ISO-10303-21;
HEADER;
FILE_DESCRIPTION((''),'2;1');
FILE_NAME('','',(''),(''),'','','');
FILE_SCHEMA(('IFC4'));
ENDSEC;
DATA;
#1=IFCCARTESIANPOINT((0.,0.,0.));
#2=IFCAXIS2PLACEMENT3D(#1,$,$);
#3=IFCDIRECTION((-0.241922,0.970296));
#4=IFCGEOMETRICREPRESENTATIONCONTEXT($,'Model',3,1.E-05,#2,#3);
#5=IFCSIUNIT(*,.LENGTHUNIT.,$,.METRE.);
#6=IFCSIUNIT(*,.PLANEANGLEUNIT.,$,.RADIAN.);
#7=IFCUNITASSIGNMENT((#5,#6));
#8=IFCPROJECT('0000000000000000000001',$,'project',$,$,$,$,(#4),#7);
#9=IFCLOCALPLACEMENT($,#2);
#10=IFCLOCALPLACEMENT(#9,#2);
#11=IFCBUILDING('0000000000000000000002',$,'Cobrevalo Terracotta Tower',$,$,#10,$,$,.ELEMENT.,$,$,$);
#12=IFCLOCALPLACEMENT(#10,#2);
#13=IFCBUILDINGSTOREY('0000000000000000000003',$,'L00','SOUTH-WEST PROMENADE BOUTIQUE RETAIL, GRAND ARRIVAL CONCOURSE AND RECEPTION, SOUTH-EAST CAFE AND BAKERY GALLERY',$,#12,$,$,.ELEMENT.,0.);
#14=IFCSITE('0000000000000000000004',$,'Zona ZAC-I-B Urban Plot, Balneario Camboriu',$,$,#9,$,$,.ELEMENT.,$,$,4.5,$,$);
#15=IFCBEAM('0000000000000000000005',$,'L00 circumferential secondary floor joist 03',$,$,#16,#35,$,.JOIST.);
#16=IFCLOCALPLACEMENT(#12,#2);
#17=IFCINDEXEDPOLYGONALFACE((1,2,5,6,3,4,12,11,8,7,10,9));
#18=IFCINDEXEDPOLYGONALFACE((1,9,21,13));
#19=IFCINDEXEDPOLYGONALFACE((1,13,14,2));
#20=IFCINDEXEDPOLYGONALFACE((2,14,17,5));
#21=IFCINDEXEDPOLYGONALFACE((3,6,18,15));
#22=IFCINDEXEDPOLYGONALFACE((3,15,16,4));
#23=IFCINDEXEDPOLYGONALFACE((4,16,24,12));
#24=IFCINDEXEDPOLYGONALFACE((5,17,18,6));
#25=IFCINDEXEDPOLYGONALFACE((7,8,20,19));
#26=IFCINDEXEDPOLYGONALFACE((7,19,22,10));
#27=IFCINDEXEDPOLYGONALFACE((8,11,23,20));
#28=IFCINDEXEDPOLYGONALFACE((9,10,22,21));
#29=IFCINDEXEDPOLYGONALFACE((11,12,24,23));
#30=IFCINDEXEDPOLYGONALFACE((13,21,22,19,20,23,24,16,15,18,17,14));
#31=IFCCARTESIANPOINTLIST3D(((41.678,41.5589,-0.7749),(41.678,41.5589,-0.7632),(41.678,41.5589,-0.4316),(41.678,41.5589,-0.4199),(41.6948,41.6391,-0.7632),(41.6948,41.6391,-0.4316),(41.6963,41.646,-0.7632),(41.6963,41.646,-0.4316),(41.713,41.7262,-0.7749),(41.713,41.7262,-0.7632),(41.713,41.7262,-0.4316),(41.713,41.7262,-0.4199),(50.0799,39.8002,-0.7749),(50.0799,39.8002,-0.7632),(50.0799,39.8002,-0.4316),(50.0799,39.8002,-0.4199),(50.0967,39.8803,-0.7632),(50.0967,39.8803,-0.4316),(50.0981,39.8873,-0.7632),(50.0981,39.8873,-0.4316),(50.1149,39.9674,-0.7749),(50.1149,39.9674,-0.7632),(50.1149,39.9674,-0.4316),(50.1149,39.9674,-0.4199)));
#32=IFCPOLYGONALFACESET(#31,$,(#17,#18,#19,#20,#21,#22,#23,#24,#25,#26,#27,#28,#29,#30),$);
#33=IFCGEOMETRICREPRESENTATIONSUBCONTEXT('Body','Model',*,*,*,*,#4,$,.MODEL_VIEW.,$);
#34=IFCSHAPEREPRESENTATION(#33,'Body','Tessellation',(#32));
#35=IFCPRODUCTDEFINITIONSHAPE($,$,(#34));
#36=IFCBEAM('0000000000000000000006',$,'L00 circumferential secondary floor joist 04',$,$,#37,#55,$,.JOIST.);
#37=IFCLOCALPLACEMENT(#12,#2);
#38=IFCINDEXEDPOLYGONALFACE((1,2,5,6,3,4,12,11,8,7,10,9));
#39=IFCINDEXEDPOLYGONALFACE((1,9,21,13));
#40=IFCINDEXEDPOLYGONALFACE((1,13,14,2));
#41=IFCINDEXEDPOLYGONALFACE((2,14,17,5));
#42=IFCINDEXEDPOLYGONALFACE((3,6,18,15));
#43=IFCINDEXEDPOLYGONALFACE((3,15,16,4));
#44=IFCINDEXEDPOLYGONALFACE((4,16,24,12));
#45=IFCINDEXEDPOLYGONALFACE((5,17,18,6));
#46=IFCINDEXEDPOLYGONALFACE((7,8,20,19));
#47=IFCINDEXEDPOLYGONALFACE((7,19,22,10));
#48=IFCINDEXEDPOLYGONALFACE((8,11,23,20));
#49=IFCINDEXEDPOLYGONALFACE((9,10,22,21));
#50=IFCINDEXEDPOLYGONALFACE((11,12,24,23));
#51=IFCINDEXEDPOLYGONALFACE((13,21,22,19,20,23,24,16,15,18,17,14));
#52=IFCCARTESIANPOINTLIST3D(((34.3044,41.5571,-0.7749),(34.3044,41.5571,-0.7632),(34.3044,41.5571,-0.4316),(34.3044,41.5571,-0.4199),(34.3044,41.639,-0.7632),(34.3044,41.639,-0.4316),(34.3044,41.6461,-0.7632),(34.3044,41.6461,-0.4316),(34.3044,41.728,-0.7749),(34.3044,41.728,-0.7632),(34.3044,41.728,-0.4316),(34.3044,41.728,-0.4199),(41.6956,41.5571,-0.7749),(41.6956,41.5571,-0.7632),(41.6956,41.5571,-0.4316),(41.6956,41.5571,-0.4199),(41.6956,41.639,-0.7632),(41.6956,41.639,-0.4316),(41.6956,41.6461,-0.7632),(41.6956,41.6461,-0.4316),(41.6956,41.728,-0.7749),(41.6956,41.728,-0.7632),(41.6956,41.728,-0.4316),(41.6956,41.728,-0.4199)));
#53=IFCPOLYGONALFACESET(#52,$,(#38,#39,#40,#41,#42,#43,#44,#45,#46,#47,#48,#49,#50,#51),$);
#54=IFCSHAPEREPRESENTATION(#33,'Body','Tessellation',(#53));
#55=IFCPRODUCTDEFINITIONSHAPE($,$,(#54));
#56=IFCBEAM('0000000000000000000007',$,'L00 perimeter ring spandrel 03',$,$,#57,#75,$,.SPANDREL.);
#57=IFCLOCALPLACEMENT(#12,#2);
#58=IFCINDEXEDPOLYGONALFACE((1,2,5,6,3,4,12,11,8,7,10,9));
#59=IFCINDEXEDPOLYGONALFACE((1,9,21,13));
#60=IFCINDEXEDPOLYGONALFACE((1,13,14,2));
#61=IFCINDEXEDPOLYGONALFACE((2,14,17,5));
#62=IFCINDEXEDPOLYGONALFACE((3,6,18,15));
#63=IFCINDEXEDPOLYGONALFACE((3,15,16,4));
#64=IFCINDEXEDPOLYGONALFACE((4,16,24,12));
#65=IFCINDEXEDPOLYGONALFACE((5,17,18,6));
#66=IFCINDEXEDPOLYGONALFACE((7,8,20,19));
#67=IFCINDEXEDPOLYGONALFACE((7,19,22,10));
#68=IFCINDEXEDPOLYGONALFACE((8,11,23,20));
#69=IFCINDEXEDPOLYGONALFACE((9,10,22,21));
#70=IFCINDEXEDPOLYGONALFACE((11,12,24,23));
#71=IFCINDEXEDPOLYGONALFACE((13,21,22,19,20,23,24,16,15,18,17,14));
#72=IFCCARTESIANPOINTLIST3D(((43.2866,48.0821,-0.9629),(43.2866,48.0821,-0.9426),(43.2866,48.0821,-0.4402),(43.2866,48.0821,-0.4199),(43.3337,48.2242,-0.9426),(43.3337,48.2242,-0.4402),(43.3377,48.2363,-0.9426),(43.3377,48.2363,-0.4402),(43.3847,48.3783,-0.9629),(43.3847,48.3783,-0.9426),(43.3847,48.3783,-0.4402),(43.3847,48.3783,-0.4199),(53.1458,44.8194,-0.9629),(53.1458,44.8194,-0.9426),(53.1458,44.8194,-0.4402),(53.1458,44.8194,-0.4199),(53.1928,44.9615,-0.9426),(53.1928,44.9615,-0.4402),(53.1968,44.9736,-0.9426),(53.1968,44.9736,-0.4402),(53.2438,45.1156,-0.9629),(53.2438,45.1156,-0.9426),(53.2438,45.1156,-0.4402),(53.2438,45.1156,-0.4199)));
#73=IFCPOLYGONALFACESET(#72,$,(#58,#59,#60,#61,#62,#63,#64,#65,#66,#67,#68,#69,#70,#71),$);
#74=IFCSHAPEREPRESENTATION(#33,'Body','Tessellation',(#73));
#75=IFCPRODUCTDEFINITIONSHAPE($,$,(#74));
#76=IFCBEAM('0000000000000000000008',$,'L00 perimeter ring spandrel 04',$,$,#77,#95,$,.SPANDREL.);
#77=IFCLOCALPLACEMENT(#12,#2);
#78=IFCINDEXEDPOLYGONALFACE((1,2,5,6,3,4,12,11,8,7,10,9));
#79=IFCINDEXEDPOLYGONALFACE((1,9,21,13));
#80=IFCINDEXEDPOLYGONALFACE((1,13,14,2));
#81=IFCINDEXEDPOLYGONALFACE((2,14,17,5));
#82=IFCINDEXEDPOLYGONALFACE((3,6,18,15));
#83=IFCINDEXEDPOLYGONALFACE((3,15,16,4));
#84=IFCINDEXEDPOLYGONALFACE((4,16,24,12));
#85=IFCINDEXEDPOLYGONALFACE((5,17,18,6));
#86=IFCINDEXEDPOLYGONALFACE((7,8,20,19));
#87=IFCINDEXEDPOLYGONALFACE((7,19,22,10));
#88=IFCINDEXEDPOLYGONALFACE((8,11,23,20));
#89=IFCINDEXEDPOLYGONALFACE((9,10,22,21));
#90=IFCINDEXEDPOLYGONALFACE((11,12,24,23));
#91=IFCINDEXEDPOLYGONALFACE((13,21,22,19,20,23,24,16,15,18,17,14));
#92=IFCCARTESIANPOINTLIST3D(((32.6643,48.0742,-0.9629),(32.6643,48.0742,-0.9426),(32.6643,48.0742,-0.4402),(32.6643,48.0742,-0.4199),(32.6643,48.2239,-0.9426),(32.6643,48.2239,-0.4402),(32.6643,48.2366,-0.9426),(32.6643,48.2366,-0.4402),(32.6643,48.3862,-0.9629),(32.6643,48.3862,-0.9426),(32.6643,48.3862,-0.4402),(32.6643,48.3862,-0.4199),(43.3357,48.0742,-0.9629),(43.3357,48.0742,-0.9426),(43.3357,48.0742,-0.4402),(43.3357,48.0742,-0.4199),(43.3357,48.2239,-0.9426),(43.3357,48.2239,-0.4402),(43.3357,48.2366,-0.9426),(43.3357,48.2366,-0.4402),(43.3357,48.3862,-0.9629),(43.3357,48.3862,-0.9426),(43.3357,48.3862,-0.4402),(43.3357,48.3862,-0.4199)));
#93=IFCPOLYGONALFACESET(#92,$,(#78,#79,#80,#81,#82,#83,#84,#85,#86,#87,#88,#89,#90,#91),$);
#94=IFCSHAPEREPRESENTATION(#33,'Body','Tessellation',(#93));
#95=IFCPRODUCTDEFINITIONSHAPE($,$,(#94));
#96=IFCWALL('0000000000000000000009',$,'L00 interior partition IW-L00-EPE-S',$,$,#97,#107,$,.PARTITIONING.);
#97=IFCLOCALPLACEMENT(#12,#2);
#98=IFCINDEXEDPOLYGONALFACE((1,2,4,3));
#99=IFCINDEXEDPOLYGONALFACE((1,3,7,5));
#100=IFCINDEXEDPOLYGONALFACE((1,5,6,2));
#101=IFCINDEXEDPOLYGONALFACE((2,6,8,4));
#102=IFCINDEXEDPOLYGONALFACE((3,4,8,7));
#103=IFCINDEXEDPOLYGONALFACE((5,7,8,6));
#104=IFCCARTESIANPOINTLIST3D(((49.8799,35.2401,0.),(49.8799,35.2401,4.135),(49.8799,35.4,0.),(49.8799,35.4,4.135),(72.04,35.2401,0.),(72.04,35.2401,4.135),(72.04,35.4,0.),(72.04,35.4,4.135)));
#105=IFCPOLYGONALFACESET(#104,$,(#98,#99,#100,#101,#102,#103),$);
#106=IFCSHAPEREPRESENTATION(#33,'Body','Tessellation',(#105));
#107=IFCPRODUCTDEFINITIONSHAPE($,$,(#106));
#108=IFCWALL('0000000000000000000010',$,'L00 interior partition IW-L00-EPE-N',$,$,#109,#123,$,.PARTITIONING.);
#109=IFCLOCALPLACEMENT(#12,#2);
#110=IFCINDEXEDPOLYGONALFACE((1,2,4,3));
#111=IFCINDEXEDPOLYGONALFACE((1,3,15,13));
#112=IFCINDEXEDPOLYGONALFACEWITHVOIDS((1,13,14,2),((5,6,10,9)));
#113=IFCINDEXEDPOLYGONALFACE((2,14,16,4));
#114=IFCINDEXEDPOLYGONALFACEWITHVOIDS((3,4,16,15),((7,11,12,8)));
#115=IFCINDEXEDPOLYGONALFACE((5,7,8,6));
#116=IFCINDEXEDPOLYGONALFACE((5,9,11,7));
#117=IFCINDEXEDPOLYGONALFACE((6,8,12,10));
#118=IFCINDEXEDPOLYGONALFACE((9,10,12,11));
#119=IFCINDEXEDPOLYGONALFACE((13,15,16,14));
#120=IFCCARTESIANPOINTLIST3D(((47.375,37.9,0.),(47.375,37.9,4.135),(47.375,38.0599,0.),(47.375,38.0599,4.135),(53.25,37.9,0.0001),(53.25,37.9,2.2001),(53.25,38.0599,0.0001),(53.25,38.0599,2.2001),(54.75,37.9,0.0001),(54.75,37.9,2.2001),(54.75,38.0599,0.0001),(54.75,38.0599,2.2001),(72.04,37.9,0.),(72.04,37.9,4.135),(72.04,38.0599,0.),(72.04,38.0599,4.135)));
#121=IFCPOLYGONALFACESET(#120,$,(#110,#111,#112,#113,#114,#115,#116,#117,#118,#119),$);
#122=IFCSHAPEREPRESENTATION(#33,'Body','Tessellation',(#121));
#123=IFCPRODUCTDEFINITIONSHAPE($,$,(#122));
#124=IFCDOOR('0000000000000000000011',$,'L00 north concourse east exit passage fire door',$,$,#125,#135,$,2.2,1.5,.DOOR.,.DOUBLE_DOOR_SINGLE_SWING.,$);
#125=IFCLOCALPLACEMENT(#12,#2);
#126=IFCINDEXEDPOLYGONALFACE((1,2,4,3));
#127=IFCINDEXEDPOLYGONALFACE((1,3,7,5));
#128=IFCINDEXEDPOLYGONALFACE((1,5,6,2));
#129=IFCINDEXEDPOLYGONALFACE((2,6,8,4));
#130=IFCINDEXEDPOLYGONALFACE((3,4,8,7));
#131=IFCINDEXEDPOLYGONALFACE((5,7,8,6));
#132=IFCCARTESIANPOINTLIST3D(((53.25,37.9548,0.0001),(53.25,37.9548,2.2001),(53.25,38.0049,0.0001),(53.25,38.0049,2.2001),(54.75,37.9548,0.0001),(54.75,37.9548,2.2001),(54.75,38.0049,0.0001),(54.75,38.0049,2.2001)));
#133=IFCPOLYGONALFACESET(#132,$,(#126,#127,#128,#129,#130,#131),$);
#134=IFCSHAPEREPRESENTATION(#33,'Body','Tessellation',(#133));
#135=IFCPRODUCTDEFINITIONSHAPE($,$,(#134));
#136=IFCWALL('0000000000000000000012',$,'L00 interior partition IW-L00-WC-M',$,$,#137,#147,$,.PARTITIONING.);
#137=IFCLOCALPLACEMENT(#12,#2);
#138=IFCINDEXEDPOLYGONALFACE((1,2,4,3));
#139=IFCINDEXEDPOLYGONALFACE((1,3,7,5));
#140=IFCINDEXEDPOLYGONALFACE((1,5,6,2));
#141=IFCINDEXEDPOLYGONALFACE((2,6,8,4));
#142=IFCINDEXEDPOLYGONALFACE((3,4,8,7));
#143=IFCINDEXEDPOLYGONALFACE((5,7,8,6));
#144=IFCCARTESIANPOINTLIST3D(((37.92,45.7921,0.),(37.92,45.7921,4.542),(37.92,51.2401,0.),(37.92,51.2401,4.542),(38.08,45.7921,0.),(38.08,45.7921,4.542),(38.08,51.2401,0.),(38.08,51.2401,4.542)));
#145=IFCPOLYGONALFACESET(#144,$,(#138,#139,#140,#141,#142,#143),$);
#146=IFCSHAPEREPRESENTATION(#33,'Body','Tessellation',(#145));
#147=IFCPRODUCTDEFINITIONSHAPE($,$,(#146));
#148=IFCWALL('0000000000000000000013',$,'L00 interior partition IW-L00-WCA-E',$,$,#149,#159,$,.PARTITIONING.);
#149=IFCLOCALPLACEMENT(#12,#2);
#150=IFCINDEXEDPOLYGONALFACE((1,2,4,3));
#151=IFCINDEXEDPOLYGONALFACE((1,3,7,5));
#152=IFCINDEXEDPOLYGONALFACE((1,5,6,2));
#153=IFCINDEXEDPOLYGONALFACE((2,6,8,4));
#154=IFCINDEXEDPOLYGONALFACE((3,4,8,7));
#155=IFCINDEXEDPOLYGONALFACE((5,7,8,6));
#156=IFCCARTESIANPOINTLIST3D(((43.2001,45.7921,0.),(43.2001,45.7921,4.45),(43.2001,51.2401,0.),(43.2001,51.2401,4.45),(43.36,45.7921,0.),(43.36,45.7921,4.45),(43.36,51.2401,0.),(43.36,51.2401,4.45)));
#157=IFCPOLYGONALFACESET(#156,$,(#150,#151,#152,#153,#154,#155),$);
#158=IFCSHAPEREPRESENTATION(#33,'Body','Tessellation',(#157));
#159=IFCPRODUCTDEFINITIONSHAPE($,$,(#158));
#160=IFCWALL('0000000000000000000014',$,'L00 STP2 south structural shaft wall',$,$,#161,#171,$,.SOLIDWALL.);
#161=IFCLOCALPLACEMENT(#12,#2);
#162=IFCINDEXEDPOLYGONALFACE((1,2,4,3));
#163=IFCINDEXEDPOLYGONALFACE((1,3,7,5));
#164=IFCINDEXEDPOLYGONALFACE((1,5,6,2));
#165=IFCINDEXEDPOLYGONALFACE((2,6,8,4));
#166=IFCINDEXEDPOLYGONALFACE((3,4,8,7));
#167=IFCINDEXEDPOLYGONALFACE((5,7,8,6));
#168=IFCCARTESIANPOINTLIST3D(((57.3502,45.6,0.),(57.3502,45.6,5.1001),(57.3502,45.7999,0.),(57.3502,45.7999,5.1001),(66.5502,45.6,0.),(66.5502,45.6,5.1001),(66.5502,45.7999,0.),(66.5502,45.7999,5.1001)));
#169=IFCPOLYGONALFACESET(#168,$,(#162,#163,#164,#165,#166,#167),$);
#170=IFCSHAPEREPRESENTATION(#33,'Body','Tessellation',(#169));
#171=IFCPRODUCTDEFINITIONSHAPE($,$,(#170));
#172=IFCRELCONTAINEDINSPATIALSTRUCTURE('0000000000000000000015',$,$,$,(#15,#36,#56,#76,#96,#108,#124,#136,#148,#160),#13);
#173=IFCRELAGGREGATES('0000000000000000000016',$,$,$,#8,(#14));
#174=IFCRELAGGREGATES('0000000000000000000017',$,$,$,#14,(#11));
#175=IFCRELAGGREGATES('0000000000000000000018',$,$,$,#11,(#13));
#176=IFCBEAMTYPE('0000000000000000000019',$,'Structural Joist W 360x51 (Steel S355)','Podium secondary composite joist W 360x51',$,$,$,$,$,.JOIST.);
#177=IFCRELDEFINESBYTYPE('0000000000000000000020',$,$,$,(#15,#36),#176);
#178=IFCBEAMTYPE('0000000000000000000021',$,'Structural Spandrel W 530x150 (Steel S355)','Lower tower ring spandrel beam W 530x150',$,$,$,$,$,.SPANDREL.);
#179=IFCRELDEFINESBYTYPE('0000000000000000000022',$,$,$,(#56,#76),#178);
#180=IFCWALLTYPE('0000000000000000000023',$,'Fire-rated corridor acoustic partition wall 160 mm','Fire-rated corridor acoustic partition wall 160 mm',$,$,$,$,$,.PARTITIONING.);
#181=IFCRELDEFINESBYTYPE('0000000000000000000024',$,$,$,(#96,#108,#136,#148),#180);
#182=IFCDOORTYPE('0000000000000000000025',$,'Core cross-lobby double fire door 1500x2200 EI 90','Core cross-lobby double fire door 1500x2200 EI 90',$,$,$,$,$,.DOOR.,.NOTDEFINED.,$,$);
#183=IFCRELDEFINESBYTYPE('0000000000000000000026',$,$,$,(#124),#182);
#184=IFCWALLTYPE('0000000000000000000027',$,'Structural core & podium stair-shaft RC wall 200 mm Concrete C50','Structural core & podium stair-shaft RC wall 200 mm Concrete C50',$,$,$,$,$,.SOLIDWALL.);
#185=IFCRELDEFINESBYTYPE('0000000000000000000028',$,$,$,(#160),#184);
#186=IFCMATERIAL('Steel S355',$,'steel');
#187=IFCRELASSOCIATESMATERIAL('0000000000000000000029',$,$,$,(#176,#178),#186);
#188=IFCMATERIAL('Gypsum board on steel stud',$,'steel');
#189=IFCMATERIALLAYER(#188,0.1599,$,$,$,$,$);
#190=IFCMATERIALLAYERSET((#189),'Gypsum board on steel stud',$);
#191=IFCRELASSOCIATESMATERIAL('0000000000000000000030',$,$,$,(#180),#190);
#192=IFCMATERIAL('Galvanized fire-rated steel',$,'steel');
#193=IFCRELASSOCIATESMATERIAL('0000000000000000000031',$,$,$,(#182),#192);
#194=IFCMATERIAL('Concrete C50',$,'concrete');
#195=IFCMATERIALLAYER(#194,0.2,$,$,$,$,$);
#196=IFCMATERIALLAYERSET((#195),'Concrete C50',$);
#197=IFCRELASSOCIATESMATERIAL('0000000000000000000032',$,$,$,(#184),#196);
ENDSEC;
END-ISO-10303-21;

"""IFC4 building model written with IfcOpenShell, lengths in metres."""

from ifc_helpers import new_model, si_unit, direction, frame, frame_2d, origin, origin_2d, place, context, subcontext, project, spatial, rectangle, i_section, extrude, source, transform, mapped, material, layer, layer_set, material_profile, profile_set, type_object, element, fill, save


model = new_model("IFC4")

# Units and contexts
model_context = context("Model", 3, precision=1e-05, world=origin(), true_north=direction((-0.241922, 0.970296)))
body_context = subcontext(model_context, "Body", "Model", "MODEL_VIEW")
ifc_project = project(units=[si_unit("LENGTHUNIT", "METRE"), si_unit("PLANEANGLEUNIT", "RADIAN")], contexts=[model_context])

# Site, building, storey
site_placement = place(None, origin())
site = spatial("IfcSite", under=ifc_project, at=site_placement, Name="Zona ZAC-I-B Urban Plot, Balneario Camboriu", CompositionType="ELEMENT", RefElevation=4.5)
building_placement = place(site_placement, origin())
building = spatial("IfcBuilding", under=site, at=building_placement, Name="Cobrevalo Terracotta Tower", CompositionType="ELEMENT")
storey_placement = place(building_placement, origin())
storey = spatial("IfcBuildingStorey", under=building, at=storey_placement, Name="L00", Description="SOUTH-WEST PROMENADE BOUTIQUE RETAIL, GRAND ARRIVAL CONCOURSE AND RECEPTION, SOUTH-EAST CAFE AND BAKERY GALLERY", CompositionType="ELEMENT", Elevation=0.0)

# Shared definitions
ifc_material_1 = material(Name="Steel S355", Category="steel")
ifc_material_2 = material(Name="Concrete C50", Category="concrete")

# Beams
ifc_material_profile_1 = material_profile(ifc_material_1, i_section(OverallWidth=0.1709, OverallDepth=0.355, WebThickness=0.0071, FlangeThickness=0.0117, at=origin_2d()), Name="W 360x51")
ifc_profile_set_1 = profile_set([ifc_material_profile_1], Name="Steel S355")
beam_type_1 = type_object("IfcBeamType", Name="Structural Joist W 360x51 (Steel S355)", Description="Podium secondary composite joist W 360x51", PredefinedType="JOIST", material=ifc_profile_set_1)
beam_1_placement = place(storey_placement, frame((50.0974, 39.8838, -0.5974), z_axis=(-0.978785, 0.204892, 0.0), x_axis=(-0.204892, -0.978785, 0.0)))
element("IfcBeam", 1, at=beam_1_placement, inside=storey, type_object=beam_type_1, Name="L00 circumferential secondary floor joist 03", PredefinedType="JOIST", context=body_context, shape_type="SweptSolid", body=[
    extrude(i_section(OverallWidth=0.1709, OverallDepth=0.355, WebThickness=0.0071, FlangeThickness=0.0117, at=origin_2d()), origin(), (0.0, 0.0, 1.0), 8.584),
])
beam_2_placement = place(storey_placement, frame((41.6956, 41.6426, -0.5974), z_axis=(-1.0, 0.0, 0.0), x_axis=(0.0, -1.0, 0.0)))
element("IfcBeam", 2, at=beam_2_placement, inside=storey, type_object=beam_type_1, Name="L00 circumferential secondary floor joist 04", PredefinedType="JOIST", context=body_context, shape_type="SweptSolid", body=[
    extrude(i_section(OverallWidth=0.1709, OverallDepth=0.355, WebThickness=0.0071, FlangeThickness=0.0117, at=origin_2d()), origin(), (0.0, 0.0, 1.0), 7.3911),
])
ifc_material_profile_2 = material_profile(ifc_material_1, i_section(OverallWidth=0.312, OverallDepth=0.543, WebThickness=0.0127, FlangeThickness=0.0203, at=origin_2d()), Name="W 530x150")
ifc_profile_set_2 = profile_set([ifc_material_profile_2], Name="Steel S355")
beam_type_2 = type_object("IfcBeamType", Name="Structural Spandrel W 530x150 (Steel S355)", Description="Lower tower ring spandrel beam W 530x150", PredefinedType="SPANDREL", material=ifc_profile_set_2)
beam_3_placement = place(storey_placement, frame((53.1948, 44.9675, -0.6914), z_axis=(-0.949365, 0.314175, 0.0), x_axis=(-0.314175, -0.949365, 0.0)))
element("IfcBeam", 3, at=beam_3_placement, inside=storey, type_object=beam_type_2, Name="L00 perimeter ring spandrel 03", PredefinedType="SPANDREL", context=body_context, shape_type="SweptSolid", body=[
    extrude(i_section(OverallWidth=0.312, OverallDepth=0.543, WebThickness=0.0127, FlangeThickness=0.0203, at=origin_2d()), origin(), (0.0, 0.0, 1.0), 10.385),
])
beam_4_placement = place(storey_placement, frame((43.3357, 48.2302, -0.6914), z_axis=(-1.0, 0.0, 0.0), x_axis=(0.0, -1.0, 0.0)))
element("IfcBeam", 4, at=beam_4_placement, inside=storey, type_object=beam_type_2, Name="L00 perimeter ring spandrel 04", PredefinedType="SPANDREL", context=body_context, shape_type="SweptSolid", body=[
    extrude(i_section(OverallWidth=0.312, OverallDepth=0.543, WebThickness=0.0127, FlangeThickness=0.0203, at=origin_2d()), origin(), (0.0, 0.0, 1.0), 10.6714),
])

# Wall
ifc_material_3 = material(Name="Gypsum board on steel stud", Category="steel")
ifc_layer_1 = layer(ifc_material_3, 0.1599)
ifc_layer_set_1 = layer_set([ifc_layer_1], Name="Gypsum board on steel stud")
wall_type_1 = type_object("IfcWallType", Name="Fire-rated corridor acoustic partition wall 160 mm", Description="Fire-rated corridor acoustic partition wall 160 mm", PredefinedType="PARTITIONING", material=ifc_layer_set_1)
wall_1_placement = place(storey_placement, frame((49.8799, 35.3201, 0.0), z_axis=(0.0, 0.0, 1.0), x_axis=(1.0, 0.0, 0.0)))
element("IfcWall", 5, at=wall_1_placement, inside=storey, type_object=wall_type_1, Name="L00 interior partition IW-L00-EPE-S", PredefinedType="PARTITIONING", context=body_context, shape_type="SweptSolid", body=[
    extrude(rectangle(XDim=22.1602, YDim=0.1599, at=frame_2d((11.0801, 0.0))), origin(), (0.0, 0.0, 1.0), 4.135),
])

# Wall, opening, door
wall_2_placement = place(storey_placement, frame((47.375, 37.98, 0.0), z_axis=(0.0, 0.0, 1.0), x_axis=(1.0, 0.0, 0.0)))
wall_2 = element("IfcWall", 6, at=wall_2_placement, inside=storey, type_object=wall_type_1, Name="L00 interior partition IW-L00-EPE-N", PredefinedType="PARTITIONING", context=body_context, shape_type="SweptSolid", body=[
    extrude(rectangle(XDim=24.665, YDim=0.1599, at=frame_2d((12.3325, 0.0))), origin(), (0.0, 0.0, 1.0), 4.135),
])
opening_placement = place(wall_2_placement, frame((5.875, 0.0, 0.0)))
opening = element("IfcOpeningElement", 7, at=opening_placement, cuts=wall_2, PredefinedType="OPENING", context=body_context, shape_type="SweptSolid", body=[
    extrude(rectangle(XDim=1.5, YDim=2.2, at=frame_2d((0.75, 1.1001))), frame((0.0, 0.0898, 0.0), z_axis=(0.0, -1.0, 0.0), x_axis=(1.0, 0.0, 0.0)), (0.0, 0.0, 1.0), 0.1799),
])
ifc_material_4 = material(Name="Galvanized fire-rated steel", Category="steel")
door_type = type_object("IfcDoorType", Name="Core cross-lobby double fire door 1500x2200 EI 90", Description="Core cross-lobby double fire door 1500x2200 EI 90", OperationType="NOTDEFINED", PredefinedType="DOOR", material=ifc_material_4)
shared_shape = source(origin(), body_context, "Body", "SweptSolid", [
    extrude(rectangle(XDim=1.5, YDim=2.2, at=frame_2d((0.75, 1.1001))), frame((0.0, 0.0249, 0.0), z_axis=(0.0, -1.0, 0.0), x_axis=(1.0, 0.0, 0.0)), (0.0, 0.0, 1.0), 0.05),
])
door_placement = place(opening_placement, origin())
door = element("IfcDoor", 8, at=door_placement, inside=storey, type_object=door_type, Name="L00 north concourse east exit passage fire door", OperationType="DOUBLE_DOOR_SINGLE_SWING", OverallHeight=2.2, OverallWidth=1.5, PredefinedType="DOOR", context=body_context, shape_type="MappedRepresentation", body=[
    mapped(shared_shape, transform((0.0, 0.0, 0.0), scale=1.0)),
])
fill(opening, door)

# Walls
wall_3_placement = place(storey_placement, frame((38.0, 45.792, 0.0), z_axis=(0.0, 0.0, 1.0), x_axis=(0.0, 1.0, 0.0)))
element("IfcWall", 9, at=wall_3_placement, inside=storey, type_object=wall_type_1, Name="L00 interior partition IW-L00-WC-M", PredefinedType="PARTITIONING", context=body_context, shape_type="SweptSolid", body=[
    extrude(rectangle(XDim=5.448, YDim=0.1599, at=frame_2d((2.7241, 0.0))), origin(), (0.0, 0.0, 1.0), 4.542),
])
wall_4_placement = place(storey_placement, frame((43.28, 45.792, 0.0), z_axis=(0.0, 0.0, 1.0), x_axis=(0.0, 1.0, 0.0)))
element("IfcWall", 10, at=wall_4_placement, inside=storey, type_object=wall_type_1, Name="L00 interior partition IW-L00-WCA-E", PredefinedType="PARTITIONING", context=body_context, shape_type="SweptSolid", body=[
    extrude(rectangle(XDim=5.448, YDim=0.1599, at=frame_2d((2.7241, 0.0))), origin(), (0.0, 0.0, 1.0), 4.45),
])
ifc_layer_2 = layer(ifc_material_2, 0.2)
ifc_layer_set_2 = layer_set([ifc_layer_2], Name="Concrete C50")
wall_type_2 = type_object("IfcWallType", Name="Structural core & podium stair-shaft RC wall 200 mm Concrete C50", Description="Structural core & podium stair-shaft RC wall 200 mm Concrete C50", PredefinedType="SOLIDWALL", material=ifc_layer_set_2)
wall_5_placement = place(storey_placement, frame((57.3501, 45.7, 0.0), z_axis=(0.0, 0.0, 1.0), x_axis=(1.0, 0.0, 0.0)))
element("IfcWall", 11, at=wall_5_placement, inside=storey, type_object=wall_type_2, Name="L00 STP2 south structural shaft wall", PredefinedType="SOLIDWALL", context=body_context, shape_type="SweptSolid", body=[
    extrude(rectangle(XDim=9.2, YDim=0.2, at=frame_2d((4.6001, 0.0))), origin(), (0.0, 0.0, 1.0), 5.1001),
])

save(model, "model.ifc")
